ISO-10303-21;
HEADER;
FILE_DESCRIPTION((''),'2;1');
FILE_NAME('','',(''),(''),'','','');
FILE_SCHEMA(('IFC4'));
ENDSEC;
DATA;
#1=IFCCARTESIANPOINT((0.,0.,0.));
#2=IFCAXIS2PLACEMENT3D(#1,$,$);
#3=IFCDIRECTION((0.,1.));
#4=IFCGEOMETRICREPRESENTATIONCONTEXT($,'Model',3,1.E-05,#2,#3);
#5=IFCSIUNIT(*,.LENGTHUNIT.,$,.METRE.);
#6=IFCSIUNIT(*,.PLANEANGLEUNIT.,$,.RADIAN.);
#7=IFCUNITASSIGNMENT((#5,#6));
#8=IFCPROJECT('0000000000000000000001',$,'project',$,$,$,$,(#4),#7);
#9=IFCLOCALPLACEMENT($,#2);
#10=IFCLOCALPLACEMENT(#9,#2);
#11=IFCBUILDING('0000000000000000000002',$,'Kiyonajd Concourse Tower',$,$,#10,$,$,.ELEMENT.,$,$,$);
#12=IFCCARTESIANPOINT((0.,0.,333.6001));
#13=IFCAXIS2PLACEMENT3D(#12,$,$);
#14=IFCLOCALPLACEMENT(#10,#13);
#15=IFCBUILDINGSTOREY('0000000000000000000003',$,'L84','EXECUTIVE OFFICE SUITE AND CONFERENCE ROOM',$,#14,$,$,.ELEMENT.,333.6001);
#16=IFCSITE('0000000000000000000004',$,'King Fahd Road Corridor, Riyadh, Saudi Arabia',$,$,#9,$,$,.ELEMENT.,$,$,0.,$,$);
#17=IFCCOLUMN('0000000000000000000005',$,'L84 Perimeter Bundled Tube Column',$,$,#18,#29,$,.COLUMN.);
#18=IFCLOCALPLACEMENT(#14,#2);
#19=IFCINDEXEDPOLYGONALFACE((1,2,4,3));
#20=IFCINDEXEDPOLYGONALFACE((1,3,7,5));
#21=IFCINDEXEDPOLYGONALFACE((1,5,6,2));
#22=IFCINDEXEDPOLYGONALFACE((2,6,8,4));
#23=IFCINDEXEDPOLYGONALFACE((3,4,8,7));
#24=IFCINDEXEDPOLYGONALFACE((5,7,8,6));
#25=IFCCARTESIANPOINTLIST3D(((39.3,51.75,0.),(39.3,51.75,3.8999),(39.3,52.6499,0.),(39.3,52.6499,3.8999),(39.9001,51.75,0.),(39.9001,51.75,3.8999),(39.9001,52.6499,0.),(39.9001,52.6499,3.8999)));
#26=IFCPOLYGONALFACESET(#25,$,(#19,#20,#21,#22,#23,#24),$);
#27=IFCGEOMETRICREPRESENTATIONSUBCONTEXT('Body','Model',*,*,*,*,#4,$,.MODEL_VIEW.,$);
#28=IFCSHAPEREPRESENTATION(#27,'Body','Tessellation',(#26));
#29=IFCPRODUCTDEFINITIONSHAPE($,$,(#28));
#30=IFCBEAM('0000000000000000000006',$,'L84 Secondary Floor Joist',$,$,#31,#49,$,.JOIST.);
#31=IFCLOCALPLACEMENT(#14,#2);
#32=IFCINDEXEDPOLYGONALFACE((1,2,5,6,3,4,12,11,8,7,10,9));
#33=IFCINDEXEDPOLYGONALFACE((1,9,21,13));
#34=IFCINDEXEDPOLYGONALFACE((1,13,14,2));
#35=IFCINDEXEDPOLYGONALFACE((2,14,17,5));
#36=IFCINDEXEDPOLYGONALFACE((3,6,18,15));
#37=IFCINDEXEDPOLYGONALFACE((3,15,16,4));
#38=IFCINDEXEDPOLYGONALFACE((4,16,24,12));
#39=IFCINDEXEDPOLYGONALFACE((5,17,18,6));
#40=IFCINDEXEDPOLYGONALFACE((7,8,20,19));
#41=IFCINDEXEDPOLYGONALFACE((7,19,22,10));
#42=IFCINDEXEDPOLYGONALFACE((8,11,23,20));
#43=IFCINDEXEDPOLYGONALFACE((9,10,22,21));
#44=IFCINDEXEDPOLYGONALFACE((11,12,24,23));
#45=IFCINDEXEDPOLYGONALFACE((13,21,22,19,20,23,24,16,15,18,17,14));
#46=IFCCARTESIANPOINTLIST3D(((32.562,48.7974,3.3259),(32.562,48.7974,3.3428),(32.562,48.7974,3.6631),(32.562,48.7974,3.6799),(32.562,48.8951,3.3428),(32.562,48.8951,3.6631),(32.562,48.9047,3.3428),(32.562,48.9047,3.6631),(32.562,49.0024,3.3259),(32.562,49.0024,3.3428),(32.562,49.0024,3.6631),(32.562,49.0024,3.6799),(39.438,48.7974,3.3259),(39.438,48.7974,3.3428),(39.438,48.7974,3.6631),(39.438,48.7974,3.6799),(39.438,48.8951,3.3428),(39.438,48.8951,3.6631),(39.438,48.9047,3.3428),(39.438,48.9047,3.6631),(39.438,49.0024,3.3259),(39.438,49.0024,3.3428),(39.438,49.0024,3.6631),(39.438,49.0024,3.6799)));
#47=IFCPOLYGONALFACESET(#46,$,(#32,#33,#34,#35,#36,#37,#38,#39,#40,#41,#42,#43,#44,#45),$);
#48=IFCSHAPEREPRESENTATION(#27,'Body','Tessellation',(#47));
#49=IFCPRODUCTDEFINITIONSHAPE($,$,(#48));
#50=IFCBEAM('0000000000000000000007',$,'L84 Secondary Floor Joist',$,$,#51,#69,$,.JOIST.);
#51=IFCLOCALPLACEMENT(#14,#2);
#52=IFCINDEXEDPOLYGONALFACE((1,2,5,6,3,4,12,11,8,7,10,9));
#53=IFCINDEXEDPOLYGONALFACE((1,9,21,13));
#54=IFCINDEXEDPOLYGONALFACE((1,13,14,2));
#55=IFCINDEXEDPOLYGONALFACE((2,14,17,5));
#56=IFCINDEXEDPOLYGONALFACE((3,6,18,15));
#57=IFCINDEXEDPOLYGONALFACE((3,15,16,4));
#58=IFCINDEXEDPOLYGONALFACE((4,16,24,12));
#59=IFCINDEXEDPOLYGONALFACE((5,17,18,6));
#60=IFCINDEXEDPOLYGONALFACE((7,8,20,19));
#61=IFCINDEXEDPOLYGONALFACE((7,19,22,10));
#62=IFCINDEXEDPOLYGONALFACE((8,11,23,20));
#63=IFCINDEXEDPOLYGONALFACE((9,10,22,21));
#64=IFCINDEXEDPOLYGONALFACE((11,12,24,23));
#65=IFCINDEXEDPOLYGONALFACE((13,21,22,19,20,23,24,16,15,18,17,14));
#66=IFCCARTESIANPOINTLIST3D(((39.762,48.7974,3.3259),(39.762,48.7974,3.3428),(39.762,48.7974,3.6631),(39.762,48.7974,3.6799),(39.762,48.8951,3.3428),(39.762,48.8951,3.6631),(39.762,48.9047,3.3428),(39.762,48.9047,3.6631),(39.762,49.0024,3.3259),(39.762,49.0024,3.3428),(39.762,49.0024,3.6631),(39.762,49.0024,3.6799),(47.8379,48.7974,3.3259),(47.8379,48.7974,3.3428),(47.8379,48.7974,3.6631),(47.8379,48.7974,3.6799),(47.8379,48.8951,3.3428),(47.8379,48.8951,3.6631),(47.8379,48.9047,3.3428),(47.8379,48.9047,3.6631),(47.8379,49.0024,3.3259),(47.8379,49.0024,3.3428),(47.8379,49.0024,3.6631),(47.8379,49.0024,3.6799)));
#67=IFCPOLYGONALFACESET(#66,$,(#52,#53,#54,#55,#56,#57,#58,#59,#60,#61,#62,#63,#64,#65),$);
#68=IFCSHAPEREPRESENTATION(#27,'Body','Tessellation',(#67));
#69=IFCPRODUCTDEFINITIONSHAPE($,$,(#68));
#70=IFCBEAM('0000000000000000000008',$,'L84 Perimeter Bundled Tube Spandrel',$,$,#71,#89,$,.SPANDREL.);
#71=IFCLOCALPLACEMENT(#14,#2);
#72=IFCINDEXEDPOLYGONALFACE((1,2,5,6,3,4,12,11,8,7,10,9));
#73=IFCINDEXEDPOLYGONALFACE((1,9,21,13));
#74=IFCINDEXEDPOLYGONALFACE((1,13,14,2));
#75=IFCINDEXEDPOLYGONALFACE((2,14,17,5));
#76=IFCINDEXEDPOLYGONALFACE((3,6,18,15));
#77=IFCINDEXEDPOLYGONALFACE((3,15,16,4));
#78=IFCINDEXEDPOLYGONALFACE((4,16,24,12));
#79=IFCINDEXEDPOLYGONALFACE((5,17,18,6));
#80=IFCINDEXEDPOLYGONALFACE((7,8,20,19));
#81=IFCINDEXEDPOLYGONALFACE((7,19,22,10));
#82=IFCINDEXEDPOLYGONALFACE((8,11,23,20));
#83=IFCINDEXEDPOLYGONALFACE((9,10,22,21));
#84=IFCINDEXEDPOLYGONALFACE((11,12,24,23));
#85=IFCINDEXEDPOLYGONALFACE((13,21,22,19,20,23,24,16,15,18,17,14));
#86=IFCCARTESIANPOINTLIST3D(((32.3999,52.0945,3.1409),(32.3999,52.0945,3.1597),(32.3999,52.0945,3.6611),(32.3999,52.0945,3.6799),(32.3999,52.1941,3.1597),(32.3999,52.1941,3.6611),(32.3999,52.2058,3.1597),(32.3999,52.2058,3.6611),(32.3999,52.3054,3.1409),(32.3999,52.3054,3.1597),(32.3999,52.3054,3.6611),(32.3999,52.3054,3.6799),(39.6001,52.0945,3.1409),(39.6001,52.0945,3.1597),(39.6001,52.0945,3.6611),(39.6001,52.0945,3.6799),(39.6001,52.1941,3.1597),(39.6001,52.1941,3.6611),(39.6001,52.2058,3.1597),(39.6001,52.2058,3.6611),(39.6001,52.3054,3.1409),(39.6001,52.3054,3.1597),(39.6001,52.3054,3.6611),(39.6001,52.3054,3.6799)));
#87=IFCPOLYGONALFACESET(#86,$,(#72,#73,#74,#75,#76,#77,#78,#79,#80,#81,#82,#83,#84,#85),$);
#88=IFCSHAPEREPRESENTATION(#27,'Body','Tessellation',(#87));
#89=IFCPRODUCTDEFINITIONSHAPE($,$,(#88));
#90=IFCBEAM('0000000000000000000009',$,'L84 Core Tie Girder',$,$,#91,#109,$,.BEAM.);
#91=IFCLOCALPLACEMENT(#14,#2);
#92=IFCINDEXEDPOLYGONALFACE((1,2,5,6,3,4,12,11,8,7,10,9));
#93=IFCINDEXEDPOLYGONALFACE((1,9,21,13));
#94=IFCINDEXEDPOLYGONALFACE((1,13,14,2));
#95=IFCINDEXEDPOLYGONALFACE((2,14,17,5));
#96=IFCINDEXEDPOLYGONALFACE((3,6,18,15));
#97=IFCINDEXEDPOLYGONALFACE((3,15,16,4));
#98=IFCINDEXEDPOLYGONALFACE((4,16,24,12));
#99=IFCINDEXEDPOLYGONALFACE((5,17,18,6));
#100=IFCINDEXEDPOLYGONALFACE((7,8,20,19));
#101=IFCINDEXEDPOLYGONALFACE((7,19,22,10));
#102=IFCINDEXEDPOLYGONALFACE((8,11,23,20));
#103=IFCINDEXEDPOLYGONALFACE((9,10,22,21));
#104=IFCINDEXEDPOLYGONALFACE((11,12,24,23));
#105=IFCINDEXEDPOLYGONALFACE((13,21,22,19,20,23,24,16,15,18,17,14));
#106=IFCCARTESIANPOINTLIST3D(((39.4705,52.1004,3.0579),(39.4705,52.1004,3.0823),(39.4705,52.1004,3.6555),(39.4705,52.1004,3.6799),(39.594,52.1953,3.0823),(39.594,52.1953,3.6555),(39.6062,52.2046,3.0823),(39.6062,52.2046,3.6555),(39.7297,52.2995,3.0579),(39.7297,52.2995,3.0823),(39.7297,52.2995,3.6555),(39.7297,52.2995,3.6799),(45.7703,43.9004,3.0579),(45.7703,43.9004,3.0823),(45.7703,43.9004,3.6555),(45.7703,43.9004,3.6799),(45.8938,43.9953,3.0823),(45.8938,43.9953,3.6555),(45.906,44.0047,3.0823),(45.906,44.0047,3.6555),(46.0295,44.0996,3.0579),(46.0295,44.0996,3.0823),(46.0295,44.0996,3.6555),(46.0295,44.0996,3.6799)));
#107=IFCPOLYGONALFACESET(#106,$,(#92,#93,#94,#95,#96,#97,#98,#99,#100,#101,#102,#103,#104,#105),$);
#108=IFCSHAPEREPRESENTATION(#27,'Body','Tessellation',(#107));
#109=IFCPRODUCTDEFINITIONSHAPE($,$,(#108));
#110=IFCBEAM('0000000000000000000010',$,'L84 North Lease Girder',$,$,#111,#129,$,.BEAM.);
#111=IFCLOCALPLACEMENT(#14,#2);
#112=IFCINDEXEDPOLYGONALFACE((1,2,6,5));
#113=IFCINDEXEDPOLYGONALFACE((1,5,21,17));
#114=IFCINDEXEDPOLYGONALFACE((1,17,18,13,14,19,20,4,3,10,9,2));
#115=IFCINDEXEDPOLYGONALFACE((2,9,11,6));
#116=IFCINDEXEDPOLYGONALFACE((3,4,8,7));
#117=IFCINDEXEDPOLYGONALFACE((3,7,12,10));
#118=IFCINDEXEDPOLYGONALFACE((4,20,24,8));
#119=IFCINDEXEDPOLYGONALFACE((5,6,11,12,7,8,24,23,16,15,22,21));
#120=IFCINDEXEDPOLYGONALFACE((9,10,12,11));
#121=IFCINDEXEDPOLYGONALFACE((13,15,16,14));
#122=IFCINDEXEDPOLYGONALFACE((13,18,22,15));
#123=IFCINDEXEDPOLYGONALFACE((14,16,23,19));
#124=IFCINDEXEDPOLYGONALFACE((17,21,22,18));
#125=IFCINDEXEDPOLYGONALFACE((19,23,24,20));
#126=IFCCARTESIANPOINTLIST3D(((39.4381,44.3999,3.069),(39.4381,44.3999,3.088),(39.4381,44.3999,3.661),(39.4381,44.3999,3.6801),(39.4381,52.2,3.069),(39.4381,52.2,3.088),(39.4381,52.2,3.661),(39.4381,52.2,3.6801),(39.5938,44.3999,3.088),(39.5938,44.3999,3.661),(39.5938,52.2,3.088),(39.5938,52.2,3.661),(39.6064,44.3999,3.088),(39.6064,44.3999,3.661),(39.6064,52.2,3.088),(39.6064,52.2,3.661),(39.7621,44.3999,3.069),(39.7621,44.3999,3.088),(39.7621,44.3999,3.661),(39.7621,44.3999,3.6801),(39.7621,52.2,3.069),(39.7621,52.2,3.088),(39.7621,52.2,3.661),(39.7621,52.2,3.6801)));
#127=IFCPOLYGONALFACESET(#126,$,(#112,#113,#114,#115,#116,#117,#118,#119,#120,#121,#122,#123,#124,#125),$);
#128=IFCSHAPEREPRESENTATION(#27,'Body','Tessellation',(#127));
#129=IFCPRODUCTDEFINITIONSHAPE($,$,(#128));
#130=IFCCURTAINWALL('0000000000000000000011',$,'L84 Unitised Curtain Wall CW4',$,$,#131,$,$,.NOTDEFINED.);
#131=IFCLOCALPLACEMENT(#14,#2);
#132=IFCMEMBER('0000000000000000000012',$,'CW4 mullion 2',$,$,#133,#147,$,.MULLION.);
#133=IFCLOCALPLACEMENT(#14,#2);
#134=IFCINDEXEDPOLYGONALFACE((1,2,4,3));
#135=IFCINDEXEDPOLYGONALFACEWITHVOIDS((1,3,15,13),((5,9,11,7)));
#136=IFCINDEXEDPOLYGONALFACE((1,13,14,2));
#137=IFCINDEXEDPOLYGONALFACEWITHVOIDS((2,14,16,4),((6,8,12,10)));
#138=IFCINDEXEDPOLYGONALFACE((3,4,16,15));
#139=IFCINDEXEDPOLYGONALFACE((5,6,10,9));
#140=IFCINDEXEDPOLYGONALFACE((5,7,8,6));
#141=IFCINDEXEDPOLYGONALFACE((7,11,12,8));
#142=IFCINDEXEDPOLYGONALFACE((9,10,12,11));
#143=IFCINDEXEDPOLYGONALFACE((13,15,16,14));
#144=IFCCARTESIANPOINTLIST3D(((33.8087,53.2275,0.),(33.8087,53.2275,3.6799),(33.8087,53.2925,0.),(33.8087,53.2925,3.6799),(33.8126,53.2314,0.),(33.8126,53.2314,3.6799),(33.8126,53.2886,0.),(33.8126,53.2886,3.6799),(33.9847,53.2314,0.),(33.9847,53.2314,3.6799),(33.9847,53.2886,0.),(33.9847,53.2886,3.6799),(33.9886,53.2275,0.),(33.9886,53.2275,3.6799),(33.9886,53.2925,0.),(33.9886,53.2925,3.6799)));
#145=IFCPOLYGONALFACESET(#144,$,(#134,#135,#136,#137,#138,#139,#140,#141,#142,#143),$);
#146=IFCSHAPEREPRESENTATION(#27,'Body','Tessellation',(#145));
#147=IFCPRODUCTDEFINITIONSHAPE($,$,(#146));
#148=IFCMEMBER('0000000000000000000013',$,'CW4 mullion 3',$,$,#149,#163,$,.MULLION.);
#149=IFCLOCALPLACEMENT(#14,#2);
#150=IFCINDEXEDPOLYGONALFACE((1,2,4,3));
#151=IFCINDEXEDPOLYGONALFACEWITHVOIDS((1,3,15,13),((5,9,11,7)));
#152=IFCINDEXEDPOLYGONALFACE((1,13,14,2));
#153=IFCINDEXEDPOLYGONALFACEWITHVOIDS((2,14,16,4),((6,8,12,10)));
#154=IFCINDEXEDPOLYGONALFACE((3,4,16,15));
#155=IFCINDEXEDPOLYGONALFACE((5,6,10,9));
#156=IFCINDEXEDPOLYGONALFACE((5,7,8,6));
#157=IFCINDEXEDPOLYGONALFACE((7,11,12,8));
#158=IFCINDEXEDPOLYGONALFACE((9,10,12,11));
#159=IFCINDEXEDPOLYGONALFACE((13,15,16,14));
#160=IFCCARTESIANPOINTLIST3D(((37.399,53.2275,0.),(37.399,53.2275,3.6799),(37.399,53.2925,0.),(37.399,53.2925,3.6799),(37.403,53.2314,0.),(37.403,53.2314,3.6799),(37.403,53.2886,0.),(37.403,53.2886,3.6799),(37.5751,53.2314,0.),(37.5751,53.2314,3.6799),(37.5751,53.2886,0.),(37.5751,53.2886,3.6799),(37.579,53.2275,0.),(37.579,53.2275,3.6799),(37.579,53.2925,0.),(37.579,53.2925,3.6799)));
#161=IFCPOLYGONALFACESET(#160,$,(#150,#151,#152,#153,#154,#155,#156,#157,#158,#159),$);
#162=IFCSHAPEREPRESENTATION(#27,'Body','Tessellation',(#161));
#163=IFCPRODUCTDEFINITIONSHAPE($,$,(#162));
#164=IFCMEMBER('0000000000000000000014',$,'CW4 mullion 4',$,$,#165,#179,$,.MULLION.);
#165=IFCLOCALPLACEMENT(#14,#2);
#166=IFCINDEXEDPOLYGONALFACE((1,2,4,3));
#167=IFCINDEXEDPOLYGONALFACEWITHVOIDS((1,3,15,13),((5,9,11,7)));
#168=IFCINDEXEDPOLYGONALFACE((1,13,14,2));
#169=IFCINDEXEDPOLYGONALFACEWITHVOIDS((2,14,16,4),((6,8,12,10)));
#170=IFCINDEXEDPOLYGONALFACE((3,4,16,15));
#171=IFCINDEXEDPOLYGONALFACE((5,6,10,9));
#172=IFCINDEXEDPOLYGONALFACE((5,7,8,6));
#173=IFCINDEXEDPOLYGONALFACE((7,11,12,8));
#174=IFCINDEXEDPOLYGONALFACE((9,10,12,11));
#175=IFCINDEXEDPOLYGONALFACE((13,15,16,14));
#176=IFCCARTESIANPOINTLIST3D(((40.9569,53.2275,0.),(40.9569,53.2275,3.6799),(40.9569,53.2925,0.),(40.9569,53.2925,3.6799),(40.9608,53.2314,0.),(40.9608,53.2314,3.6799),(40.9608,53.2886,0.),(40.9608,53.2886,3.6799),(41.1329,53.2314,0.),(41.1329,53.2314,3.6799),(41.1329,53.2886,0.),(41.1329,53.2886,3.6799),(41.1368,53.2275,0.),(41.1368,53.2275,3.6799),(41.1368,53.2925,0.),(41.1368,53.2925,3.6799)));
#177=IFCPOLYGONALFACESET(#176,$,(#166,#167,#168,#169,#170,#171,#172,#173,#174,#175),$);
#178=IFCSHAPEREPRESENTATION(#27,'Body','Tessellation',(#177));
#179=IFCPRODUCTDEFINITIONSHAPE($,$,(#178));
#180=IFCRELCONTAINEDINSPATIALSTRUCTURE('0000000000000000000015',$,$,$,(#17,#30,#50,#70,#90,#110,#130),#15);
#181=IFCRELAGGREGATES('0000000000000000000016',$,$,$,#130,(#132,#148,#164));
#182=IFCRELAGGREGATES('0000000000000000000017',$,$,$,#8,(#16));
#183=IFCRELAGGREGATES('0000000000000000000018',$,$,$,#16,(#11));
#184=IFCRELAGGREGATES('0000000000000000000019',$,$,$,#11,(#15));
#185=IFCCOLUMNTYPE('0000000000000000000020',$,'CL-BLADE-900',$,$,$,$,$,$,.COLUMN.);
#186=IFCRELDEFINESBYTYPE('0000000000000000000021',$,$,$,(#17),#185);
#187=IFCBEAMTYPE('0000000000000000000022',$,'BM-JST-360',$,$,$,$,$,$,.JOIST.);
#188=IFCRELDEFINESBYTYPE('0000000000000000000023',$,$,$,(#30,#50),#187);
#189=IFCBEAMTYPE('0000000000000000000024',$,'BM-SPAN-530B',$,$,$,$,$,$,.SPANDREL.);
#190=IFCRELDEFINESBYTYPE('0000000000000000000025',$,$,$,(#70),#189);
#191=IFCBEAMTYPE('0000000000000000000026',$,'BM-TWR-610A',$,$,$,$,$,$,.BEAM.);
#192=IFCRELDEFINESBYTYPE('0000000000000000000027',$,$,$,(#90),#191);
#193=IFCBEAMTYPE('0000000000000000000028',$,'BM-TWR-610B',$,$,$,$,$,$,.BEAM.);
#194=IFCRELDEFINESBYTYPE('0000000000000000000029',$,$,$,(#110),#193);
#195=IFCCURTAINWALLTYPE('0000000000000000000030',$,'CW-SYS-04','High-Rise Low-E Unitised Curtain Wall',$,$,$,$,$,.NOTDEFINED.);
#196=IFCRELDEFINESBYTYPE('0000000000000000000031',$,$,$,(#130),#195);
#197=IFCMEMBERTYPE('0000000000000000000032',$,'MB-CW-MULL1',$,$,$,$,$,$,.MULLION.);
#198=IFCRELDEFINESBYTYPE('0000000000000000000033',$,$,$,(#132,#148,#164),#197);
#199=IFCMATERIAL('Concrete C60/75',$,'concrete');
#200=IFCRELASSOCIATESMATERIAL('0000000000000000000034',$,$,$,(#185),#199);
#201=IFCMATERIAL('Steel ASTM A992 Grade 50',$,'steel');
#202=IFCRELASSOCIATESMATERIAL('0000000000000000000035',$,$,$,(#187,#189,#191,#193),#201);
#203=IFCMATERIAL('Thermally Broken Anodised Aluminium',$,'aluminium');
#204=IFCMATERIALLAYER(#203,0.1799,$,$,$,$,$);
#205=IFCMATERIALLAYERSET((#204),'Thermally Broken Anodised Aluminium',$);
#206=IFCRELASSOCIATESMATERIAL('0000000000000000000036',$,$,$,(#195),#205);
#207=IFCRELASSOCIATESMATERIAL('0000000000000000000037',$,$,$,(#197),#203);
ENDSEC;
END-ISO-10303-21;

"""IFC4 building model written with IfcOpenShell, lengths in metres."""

from ifc_helpers import new_model, si_unit, direction, frame, origin, origin_2d, place, context, subcontext, project, spatial, rectangle, hollow_rectangle, i_section, extrude, material, layer, layer_set, material_profile, profile_set, type_object, element, aggregate, save


model = new_model("IFC4")

# Units and contexts
model_context = context("Model", 3, precision=1e-05, world=origin(), true_north=direction((0.0, 1.0)))
body_context = subcontext(model_context, "Body", "Model", "MODEL_VIEW")
ifc_project = project(units=[si_unit("LENGTHUNIT", "METRE"), si_unit("PLANEANGLEUNIT", "RADIAN")], contexts=[model_context])

# Site, building, storey
site_placement = place(None, origin())
site = spatial("IfcSite", under=ifc_project, at=site_placement, Name="King Fahd Road Corridor, Riyadh, Saudi Arabia", CompositionType="ELEMENT", RefElevation=0.0)
building_placement = place(site_placement, origin())
building = spatial("IfcBuilding", under=site, at=building_placement, Name="Kiyonajd Concourse Tower", CompositionType="ELEMENT")
storey_placement = place(building_placement, frame((0.0, 0.0, 333.6001)))
storey = spatial("IfcBuildingStorey", under=building, at=storey_placement, Name="L84", Description="EXECUTIVE OFFICE SUITE AND CONFERENCE ROOM", CompositionType="ELEMENT", Elevation=333.6001)

# Column
ifc_material_1 = material(Name="Concrete C60/75", Category="concrete")
ifc_material_profile_1 = material_profile(ifc_material_1, rectangle(XDim=0.6001, YDim=0.8999, at=origin_2d()), Name="RC-900x600")
ifc_profile_set_1 = profile_set([ifc_material_profile_1], Name="Concrete C60/75")
column_type = type_object("IfcColumnType", Name="CL-BLADE-900", PredefinedType="COLUMN", material=ifc_profile_set_1)
column_placement = place(storey_placement, frame((39.6001, 52.2, 0.0), z_axis=(0.0, 0.0, 1.0), x_axis=(1.0, 0.0, 0.0)))
element("IfcColumn", 1, at=column_placement, inside=storey, type_object=column_type, Name="L84 Perimeter Bundled Tube Column", PredefinedType="COLUMN", context=body_context, shape_type="SweptSolid", body=[
    extrude(rectangle(XDim=0.6001, YDim=0.8999, at=origin_2d()), origin(), (0.0, 0.0, 1.0), 3.8999),
])

# Beams
ifc_material_2 = material(Name="Steel ASTM A992 Grade 50", Category="steel")
ifc_material_profile_2 = material_profile(ifc_material_2, i_section(OverallWidth=0.2051, OverallDepth=0.354, WebThickness=0.0095, FlangeThickness=0.0168, at=origin_2d()), Name="W360X79")
ifc_profile_set_2 = profile_set([ifc_material_profile_2], Name="Steel ASTM A992 Grade 50")
beam_type_1 = type_object("IfcBeamType", Name="BM-JST-360", PredefinedType="JOIST", material=ifc_profile_set_2)
beam_1_placement = place(storey_placement, frame((32.562, 48.8999, 3.5029), z_axis=(1.0, 0.0, 0.0), x_axis=(0.0, 1.0, 0.0)))
element("IfcBeam", 2, at=beam_1_placement, inside=storey, type_object=beam_type_1, Name="L84 Secondary Floor Joist", PredefinedType="JOIST", context=body_context, shape_type="SweptSolid", body=[
    extrude(i_section(OverallWidth=0.2051, OverallDepth=0.354, WebThickness=0.0095, FlangeThickness=0.0168, at=origin_2d()), origin(), (0.0, 0.0, 1.0), 6.876),
])
beam_2_placement = place(storey_placement, frame((39.762, 48.8999, 3.5029), z_axis=(1.0, 0.0, 0.0), x_axis=(0.0, 1.0, 0.0)))
element("IfcBeam", 3, at=beam_2_placement, inside=storey, type_object=beam_type_1, Name="L84 Secondary Floor Joist", PredefinedType="JOIST", context=body_context, shape_type="SweptSolid", body=[
    extrude(i_section(OverallWidth=0.2051, OverallDepth=0.354, WebThickness=0.0095, FlangeThickness=0.0168, at=origin_2d()), origin(), (0.0, 0.0, 1.0), 8.0759),
])
ifc_material_profile_3 = material_profile(ifc_material_2, i_section(OverallWidth=0.2109, OverallDepth=0.5391, WebThickness=0.0117, FlangeThickness=0.0188, at=origin_2d()), Name="W530X109")
ifc_profile_set_3 = profile_set([ifc_material_profile_3], Name="Steel ASTM A992 Grade 50")
beam_type_2 = type_object("IfcBeamType", Name="BM-SPAN-530B", PredefinedType="SPANDREL", material=ifc_profile_set_3)
beam_3_placement = place(storey_placement, frame((39.6001, 52.2, 3.4104), z_axis=(-1.0, 0.0, 0.0), x_axis=(0.0, -1.0, 0.0)))
element("IfcBeam", 4, at=beam_3_placement, inside=storey, type_object=beam_type_2, Name="L84 Perimeter Bundled Tube Spandrel", PredefinedType="SPANDREL", context=body_context, shape_type="SweptSolid", body=[
    extrude(i_section(OverallWidth=0.2109, OverallDepth=0.5391, WebThickness=0.0117, FlangeThickness=0.0188, at=origin_2d()), origin(), (0.0, 0.0, 1.0), 7.2002),
])
ifc_material_profile_4 = material_profile(ifc_material_2, i_section(OverallWidth=0.3269, OverallDepth=0.6221, WebThickness=0.0154, FlangeThickness=0.0244, at=origin_2d()), Name="W610X195")
ifc_profile_set_4 = profile_set([ifc_material_profile_4], Name="Steel ASTM A992 Grade 50")
beam_type_3 = type_object("IfcBeamType", Name="BM-TWR-610A", PredefinedType="BEAM", material=ifc_profile_set_4)
beam_4_placement = place(storey_placement, frame((39.6001, 52.2, 3.3689), z_axis=(0.609234, -0.792991, 0.0), x_axis=(0.792991, 0.609234, 0.0)))
element("IfcBeam", 5, at=beam_4_placement, inside=storey, type_object=beam_type_3, Name="L84 Core Tie Girder", PredefinedType="BEAM", context=body_context, shape_type="SweptSolid", body=[
    extrude(i_section(OverallWidth=0.3269, OverallDepth=0.6221, WebThickness=0.0154, FlangeThickness=0.0244, at=origin_2d()), origin(), (0.0, 0.0, 1.0), 10.3406),
])
ifc_material_profile_5 = material_profile(ifc_material_2, i_section(OverallWidth=0.324, OverallDepth=0.6111, WebThickness=0.0127, FlangeThickness=0.019, at=origin_2d()), Name="W610X155")
ifc_profile_set_5 = profile_set([ifc_material_profile_5], Name="Steel ASTM A992 Grade 50")
beam_type_4 = type_object("IfcBeamType", Name="BM-TWR-610B", PredefinedType="BEAM", material=ifc_profile_set_5)
beam_5_placement = place(storey_placement, frame((39.6001, 44.3999, 3.3745), z_axis=(0.0, 1.0, 0.0), x_axis=(-1.0, 0.0, 0.0)))
element("IfcBeam", 6, at=beam_5_placement, inside=storey, type_object=beam_type_4, Name="L84 North Lease Girder", PredefinedType="BEAM", context=body_context, shape_type="SweptSolid", body=[
    extrude(i_section(OverallWidth=0.324, OverallDepth=0.6111, WebThickness=0.0127, FlangeThickness=0.019, at=origin_2d()), origin(), (0.0, 0.0, 1.0), 7.8),
])

# Curtain wall, members
ifc_material_3 = material(Name="Thermally Broken Anodised Aluminium", Category="aluminium")
ifc_layer_1 = layer(ifc_material_3, 0.1799)
ifc_layer_set_1 = layer_set([ifc_layer_1], Name="Thermally Broken Anodised Aluminium")
curtain_wall_type = type_object("IfcCurtainWallType", Name="CW-SYS-04", Description="High-Rise Low-E Unitised Curtain Wall", PredefinedType="NOTDEFINED", material=ifc_layer_set_1)
curtain_wall_placement = place(storey_placement, origin())
curtain_wall = element("IfcCurtainWall", 7, at=curtain_wall_placement, inside=storey, type_object=curtain_wall_type, Name="L84 Unitised Curtain Wall CW4", PredefinedType="NOTDEFINED")
ifc_material_profile_6 = material_profile(ifc_material_3, hollow_rectangle(XDim=0.0649, YDim=0.1799, WallThickness=0.0039, at=origin_2d()), Name="MULL-65x180")
ifc_profile_set_6 = profile_set([ifc_material_profile_6], Name="Thermally Broken Anodised Aluminium")
member_type_1 = type_object("IfcMemberType", Name="MB-CW-MULL1", PredefinedType="MULLION", material=ifc_profile_set_6)
member_1_placement = place(storey_placement, frame((33.8987, 53.26, 0.0), z_axis=(0.0, 0.0, 1.0), x_axis=(0.0, 1.0, 0.0)))
member_1 = element("IfcMember", 8, at=member_1_placement, type_object=member_type_1, Name="CW4 mullion 2", PredefinedType="MULLION", context=body_context, shape_type="SweptSolid", body=[
    extrude(hollow_rectangle(XDim=0.0649, YDim=0.1799, WallThickness=0.0039, at=origin_2d()), origin(), (0.0, 0.0, 1.0), 3.6799),
])
member_2_placement = place(storey_placement, frame((37.489, 53.26, 0.0), z_axis=(0.0, 0.0, 1.0), x_axis=(0.0, 1.0, 0.0)))
member_2 = element("IfcMember", 9, at=member_2_placement, type_object=member_type_1, Name="CW4 mullion 3", PredefinedType="MULLION", context=body_context, shape_type="SweptSolid", body=[
    extrude(hollow_rectangle(XDim=0.0649, YDim=0.1799, WallThickness=0.0039, at=origin_2d()), origin(), (0.0, 0.0, 1.0), 3.6799),
])
member_3_placement = place(storey_placement, frame((41.0469, 53.26, 0.0), z_axis=(0.0, 0.0, 1.0), x_axis=(0.0, 1.0, 0.0)))
member_3 = element("IfcMember", 10, at=member_3_placement, type_object=member_type_1, Name="CW4 mullion 4", PredefinedType="MULLION", context=body_context, shape_type="SweptSolid", body=[
    extrude(hollow_rectangle(XDim=0.0649, YDim=0.1799, WallThickness=0.0039, at=origin_2d()), origin(), (0.0, 0.0, 1.0), 3.6799),
])

aggregate(curtain_wall, [member_1, member_2, member_3])

save(model, "model.ifc")
